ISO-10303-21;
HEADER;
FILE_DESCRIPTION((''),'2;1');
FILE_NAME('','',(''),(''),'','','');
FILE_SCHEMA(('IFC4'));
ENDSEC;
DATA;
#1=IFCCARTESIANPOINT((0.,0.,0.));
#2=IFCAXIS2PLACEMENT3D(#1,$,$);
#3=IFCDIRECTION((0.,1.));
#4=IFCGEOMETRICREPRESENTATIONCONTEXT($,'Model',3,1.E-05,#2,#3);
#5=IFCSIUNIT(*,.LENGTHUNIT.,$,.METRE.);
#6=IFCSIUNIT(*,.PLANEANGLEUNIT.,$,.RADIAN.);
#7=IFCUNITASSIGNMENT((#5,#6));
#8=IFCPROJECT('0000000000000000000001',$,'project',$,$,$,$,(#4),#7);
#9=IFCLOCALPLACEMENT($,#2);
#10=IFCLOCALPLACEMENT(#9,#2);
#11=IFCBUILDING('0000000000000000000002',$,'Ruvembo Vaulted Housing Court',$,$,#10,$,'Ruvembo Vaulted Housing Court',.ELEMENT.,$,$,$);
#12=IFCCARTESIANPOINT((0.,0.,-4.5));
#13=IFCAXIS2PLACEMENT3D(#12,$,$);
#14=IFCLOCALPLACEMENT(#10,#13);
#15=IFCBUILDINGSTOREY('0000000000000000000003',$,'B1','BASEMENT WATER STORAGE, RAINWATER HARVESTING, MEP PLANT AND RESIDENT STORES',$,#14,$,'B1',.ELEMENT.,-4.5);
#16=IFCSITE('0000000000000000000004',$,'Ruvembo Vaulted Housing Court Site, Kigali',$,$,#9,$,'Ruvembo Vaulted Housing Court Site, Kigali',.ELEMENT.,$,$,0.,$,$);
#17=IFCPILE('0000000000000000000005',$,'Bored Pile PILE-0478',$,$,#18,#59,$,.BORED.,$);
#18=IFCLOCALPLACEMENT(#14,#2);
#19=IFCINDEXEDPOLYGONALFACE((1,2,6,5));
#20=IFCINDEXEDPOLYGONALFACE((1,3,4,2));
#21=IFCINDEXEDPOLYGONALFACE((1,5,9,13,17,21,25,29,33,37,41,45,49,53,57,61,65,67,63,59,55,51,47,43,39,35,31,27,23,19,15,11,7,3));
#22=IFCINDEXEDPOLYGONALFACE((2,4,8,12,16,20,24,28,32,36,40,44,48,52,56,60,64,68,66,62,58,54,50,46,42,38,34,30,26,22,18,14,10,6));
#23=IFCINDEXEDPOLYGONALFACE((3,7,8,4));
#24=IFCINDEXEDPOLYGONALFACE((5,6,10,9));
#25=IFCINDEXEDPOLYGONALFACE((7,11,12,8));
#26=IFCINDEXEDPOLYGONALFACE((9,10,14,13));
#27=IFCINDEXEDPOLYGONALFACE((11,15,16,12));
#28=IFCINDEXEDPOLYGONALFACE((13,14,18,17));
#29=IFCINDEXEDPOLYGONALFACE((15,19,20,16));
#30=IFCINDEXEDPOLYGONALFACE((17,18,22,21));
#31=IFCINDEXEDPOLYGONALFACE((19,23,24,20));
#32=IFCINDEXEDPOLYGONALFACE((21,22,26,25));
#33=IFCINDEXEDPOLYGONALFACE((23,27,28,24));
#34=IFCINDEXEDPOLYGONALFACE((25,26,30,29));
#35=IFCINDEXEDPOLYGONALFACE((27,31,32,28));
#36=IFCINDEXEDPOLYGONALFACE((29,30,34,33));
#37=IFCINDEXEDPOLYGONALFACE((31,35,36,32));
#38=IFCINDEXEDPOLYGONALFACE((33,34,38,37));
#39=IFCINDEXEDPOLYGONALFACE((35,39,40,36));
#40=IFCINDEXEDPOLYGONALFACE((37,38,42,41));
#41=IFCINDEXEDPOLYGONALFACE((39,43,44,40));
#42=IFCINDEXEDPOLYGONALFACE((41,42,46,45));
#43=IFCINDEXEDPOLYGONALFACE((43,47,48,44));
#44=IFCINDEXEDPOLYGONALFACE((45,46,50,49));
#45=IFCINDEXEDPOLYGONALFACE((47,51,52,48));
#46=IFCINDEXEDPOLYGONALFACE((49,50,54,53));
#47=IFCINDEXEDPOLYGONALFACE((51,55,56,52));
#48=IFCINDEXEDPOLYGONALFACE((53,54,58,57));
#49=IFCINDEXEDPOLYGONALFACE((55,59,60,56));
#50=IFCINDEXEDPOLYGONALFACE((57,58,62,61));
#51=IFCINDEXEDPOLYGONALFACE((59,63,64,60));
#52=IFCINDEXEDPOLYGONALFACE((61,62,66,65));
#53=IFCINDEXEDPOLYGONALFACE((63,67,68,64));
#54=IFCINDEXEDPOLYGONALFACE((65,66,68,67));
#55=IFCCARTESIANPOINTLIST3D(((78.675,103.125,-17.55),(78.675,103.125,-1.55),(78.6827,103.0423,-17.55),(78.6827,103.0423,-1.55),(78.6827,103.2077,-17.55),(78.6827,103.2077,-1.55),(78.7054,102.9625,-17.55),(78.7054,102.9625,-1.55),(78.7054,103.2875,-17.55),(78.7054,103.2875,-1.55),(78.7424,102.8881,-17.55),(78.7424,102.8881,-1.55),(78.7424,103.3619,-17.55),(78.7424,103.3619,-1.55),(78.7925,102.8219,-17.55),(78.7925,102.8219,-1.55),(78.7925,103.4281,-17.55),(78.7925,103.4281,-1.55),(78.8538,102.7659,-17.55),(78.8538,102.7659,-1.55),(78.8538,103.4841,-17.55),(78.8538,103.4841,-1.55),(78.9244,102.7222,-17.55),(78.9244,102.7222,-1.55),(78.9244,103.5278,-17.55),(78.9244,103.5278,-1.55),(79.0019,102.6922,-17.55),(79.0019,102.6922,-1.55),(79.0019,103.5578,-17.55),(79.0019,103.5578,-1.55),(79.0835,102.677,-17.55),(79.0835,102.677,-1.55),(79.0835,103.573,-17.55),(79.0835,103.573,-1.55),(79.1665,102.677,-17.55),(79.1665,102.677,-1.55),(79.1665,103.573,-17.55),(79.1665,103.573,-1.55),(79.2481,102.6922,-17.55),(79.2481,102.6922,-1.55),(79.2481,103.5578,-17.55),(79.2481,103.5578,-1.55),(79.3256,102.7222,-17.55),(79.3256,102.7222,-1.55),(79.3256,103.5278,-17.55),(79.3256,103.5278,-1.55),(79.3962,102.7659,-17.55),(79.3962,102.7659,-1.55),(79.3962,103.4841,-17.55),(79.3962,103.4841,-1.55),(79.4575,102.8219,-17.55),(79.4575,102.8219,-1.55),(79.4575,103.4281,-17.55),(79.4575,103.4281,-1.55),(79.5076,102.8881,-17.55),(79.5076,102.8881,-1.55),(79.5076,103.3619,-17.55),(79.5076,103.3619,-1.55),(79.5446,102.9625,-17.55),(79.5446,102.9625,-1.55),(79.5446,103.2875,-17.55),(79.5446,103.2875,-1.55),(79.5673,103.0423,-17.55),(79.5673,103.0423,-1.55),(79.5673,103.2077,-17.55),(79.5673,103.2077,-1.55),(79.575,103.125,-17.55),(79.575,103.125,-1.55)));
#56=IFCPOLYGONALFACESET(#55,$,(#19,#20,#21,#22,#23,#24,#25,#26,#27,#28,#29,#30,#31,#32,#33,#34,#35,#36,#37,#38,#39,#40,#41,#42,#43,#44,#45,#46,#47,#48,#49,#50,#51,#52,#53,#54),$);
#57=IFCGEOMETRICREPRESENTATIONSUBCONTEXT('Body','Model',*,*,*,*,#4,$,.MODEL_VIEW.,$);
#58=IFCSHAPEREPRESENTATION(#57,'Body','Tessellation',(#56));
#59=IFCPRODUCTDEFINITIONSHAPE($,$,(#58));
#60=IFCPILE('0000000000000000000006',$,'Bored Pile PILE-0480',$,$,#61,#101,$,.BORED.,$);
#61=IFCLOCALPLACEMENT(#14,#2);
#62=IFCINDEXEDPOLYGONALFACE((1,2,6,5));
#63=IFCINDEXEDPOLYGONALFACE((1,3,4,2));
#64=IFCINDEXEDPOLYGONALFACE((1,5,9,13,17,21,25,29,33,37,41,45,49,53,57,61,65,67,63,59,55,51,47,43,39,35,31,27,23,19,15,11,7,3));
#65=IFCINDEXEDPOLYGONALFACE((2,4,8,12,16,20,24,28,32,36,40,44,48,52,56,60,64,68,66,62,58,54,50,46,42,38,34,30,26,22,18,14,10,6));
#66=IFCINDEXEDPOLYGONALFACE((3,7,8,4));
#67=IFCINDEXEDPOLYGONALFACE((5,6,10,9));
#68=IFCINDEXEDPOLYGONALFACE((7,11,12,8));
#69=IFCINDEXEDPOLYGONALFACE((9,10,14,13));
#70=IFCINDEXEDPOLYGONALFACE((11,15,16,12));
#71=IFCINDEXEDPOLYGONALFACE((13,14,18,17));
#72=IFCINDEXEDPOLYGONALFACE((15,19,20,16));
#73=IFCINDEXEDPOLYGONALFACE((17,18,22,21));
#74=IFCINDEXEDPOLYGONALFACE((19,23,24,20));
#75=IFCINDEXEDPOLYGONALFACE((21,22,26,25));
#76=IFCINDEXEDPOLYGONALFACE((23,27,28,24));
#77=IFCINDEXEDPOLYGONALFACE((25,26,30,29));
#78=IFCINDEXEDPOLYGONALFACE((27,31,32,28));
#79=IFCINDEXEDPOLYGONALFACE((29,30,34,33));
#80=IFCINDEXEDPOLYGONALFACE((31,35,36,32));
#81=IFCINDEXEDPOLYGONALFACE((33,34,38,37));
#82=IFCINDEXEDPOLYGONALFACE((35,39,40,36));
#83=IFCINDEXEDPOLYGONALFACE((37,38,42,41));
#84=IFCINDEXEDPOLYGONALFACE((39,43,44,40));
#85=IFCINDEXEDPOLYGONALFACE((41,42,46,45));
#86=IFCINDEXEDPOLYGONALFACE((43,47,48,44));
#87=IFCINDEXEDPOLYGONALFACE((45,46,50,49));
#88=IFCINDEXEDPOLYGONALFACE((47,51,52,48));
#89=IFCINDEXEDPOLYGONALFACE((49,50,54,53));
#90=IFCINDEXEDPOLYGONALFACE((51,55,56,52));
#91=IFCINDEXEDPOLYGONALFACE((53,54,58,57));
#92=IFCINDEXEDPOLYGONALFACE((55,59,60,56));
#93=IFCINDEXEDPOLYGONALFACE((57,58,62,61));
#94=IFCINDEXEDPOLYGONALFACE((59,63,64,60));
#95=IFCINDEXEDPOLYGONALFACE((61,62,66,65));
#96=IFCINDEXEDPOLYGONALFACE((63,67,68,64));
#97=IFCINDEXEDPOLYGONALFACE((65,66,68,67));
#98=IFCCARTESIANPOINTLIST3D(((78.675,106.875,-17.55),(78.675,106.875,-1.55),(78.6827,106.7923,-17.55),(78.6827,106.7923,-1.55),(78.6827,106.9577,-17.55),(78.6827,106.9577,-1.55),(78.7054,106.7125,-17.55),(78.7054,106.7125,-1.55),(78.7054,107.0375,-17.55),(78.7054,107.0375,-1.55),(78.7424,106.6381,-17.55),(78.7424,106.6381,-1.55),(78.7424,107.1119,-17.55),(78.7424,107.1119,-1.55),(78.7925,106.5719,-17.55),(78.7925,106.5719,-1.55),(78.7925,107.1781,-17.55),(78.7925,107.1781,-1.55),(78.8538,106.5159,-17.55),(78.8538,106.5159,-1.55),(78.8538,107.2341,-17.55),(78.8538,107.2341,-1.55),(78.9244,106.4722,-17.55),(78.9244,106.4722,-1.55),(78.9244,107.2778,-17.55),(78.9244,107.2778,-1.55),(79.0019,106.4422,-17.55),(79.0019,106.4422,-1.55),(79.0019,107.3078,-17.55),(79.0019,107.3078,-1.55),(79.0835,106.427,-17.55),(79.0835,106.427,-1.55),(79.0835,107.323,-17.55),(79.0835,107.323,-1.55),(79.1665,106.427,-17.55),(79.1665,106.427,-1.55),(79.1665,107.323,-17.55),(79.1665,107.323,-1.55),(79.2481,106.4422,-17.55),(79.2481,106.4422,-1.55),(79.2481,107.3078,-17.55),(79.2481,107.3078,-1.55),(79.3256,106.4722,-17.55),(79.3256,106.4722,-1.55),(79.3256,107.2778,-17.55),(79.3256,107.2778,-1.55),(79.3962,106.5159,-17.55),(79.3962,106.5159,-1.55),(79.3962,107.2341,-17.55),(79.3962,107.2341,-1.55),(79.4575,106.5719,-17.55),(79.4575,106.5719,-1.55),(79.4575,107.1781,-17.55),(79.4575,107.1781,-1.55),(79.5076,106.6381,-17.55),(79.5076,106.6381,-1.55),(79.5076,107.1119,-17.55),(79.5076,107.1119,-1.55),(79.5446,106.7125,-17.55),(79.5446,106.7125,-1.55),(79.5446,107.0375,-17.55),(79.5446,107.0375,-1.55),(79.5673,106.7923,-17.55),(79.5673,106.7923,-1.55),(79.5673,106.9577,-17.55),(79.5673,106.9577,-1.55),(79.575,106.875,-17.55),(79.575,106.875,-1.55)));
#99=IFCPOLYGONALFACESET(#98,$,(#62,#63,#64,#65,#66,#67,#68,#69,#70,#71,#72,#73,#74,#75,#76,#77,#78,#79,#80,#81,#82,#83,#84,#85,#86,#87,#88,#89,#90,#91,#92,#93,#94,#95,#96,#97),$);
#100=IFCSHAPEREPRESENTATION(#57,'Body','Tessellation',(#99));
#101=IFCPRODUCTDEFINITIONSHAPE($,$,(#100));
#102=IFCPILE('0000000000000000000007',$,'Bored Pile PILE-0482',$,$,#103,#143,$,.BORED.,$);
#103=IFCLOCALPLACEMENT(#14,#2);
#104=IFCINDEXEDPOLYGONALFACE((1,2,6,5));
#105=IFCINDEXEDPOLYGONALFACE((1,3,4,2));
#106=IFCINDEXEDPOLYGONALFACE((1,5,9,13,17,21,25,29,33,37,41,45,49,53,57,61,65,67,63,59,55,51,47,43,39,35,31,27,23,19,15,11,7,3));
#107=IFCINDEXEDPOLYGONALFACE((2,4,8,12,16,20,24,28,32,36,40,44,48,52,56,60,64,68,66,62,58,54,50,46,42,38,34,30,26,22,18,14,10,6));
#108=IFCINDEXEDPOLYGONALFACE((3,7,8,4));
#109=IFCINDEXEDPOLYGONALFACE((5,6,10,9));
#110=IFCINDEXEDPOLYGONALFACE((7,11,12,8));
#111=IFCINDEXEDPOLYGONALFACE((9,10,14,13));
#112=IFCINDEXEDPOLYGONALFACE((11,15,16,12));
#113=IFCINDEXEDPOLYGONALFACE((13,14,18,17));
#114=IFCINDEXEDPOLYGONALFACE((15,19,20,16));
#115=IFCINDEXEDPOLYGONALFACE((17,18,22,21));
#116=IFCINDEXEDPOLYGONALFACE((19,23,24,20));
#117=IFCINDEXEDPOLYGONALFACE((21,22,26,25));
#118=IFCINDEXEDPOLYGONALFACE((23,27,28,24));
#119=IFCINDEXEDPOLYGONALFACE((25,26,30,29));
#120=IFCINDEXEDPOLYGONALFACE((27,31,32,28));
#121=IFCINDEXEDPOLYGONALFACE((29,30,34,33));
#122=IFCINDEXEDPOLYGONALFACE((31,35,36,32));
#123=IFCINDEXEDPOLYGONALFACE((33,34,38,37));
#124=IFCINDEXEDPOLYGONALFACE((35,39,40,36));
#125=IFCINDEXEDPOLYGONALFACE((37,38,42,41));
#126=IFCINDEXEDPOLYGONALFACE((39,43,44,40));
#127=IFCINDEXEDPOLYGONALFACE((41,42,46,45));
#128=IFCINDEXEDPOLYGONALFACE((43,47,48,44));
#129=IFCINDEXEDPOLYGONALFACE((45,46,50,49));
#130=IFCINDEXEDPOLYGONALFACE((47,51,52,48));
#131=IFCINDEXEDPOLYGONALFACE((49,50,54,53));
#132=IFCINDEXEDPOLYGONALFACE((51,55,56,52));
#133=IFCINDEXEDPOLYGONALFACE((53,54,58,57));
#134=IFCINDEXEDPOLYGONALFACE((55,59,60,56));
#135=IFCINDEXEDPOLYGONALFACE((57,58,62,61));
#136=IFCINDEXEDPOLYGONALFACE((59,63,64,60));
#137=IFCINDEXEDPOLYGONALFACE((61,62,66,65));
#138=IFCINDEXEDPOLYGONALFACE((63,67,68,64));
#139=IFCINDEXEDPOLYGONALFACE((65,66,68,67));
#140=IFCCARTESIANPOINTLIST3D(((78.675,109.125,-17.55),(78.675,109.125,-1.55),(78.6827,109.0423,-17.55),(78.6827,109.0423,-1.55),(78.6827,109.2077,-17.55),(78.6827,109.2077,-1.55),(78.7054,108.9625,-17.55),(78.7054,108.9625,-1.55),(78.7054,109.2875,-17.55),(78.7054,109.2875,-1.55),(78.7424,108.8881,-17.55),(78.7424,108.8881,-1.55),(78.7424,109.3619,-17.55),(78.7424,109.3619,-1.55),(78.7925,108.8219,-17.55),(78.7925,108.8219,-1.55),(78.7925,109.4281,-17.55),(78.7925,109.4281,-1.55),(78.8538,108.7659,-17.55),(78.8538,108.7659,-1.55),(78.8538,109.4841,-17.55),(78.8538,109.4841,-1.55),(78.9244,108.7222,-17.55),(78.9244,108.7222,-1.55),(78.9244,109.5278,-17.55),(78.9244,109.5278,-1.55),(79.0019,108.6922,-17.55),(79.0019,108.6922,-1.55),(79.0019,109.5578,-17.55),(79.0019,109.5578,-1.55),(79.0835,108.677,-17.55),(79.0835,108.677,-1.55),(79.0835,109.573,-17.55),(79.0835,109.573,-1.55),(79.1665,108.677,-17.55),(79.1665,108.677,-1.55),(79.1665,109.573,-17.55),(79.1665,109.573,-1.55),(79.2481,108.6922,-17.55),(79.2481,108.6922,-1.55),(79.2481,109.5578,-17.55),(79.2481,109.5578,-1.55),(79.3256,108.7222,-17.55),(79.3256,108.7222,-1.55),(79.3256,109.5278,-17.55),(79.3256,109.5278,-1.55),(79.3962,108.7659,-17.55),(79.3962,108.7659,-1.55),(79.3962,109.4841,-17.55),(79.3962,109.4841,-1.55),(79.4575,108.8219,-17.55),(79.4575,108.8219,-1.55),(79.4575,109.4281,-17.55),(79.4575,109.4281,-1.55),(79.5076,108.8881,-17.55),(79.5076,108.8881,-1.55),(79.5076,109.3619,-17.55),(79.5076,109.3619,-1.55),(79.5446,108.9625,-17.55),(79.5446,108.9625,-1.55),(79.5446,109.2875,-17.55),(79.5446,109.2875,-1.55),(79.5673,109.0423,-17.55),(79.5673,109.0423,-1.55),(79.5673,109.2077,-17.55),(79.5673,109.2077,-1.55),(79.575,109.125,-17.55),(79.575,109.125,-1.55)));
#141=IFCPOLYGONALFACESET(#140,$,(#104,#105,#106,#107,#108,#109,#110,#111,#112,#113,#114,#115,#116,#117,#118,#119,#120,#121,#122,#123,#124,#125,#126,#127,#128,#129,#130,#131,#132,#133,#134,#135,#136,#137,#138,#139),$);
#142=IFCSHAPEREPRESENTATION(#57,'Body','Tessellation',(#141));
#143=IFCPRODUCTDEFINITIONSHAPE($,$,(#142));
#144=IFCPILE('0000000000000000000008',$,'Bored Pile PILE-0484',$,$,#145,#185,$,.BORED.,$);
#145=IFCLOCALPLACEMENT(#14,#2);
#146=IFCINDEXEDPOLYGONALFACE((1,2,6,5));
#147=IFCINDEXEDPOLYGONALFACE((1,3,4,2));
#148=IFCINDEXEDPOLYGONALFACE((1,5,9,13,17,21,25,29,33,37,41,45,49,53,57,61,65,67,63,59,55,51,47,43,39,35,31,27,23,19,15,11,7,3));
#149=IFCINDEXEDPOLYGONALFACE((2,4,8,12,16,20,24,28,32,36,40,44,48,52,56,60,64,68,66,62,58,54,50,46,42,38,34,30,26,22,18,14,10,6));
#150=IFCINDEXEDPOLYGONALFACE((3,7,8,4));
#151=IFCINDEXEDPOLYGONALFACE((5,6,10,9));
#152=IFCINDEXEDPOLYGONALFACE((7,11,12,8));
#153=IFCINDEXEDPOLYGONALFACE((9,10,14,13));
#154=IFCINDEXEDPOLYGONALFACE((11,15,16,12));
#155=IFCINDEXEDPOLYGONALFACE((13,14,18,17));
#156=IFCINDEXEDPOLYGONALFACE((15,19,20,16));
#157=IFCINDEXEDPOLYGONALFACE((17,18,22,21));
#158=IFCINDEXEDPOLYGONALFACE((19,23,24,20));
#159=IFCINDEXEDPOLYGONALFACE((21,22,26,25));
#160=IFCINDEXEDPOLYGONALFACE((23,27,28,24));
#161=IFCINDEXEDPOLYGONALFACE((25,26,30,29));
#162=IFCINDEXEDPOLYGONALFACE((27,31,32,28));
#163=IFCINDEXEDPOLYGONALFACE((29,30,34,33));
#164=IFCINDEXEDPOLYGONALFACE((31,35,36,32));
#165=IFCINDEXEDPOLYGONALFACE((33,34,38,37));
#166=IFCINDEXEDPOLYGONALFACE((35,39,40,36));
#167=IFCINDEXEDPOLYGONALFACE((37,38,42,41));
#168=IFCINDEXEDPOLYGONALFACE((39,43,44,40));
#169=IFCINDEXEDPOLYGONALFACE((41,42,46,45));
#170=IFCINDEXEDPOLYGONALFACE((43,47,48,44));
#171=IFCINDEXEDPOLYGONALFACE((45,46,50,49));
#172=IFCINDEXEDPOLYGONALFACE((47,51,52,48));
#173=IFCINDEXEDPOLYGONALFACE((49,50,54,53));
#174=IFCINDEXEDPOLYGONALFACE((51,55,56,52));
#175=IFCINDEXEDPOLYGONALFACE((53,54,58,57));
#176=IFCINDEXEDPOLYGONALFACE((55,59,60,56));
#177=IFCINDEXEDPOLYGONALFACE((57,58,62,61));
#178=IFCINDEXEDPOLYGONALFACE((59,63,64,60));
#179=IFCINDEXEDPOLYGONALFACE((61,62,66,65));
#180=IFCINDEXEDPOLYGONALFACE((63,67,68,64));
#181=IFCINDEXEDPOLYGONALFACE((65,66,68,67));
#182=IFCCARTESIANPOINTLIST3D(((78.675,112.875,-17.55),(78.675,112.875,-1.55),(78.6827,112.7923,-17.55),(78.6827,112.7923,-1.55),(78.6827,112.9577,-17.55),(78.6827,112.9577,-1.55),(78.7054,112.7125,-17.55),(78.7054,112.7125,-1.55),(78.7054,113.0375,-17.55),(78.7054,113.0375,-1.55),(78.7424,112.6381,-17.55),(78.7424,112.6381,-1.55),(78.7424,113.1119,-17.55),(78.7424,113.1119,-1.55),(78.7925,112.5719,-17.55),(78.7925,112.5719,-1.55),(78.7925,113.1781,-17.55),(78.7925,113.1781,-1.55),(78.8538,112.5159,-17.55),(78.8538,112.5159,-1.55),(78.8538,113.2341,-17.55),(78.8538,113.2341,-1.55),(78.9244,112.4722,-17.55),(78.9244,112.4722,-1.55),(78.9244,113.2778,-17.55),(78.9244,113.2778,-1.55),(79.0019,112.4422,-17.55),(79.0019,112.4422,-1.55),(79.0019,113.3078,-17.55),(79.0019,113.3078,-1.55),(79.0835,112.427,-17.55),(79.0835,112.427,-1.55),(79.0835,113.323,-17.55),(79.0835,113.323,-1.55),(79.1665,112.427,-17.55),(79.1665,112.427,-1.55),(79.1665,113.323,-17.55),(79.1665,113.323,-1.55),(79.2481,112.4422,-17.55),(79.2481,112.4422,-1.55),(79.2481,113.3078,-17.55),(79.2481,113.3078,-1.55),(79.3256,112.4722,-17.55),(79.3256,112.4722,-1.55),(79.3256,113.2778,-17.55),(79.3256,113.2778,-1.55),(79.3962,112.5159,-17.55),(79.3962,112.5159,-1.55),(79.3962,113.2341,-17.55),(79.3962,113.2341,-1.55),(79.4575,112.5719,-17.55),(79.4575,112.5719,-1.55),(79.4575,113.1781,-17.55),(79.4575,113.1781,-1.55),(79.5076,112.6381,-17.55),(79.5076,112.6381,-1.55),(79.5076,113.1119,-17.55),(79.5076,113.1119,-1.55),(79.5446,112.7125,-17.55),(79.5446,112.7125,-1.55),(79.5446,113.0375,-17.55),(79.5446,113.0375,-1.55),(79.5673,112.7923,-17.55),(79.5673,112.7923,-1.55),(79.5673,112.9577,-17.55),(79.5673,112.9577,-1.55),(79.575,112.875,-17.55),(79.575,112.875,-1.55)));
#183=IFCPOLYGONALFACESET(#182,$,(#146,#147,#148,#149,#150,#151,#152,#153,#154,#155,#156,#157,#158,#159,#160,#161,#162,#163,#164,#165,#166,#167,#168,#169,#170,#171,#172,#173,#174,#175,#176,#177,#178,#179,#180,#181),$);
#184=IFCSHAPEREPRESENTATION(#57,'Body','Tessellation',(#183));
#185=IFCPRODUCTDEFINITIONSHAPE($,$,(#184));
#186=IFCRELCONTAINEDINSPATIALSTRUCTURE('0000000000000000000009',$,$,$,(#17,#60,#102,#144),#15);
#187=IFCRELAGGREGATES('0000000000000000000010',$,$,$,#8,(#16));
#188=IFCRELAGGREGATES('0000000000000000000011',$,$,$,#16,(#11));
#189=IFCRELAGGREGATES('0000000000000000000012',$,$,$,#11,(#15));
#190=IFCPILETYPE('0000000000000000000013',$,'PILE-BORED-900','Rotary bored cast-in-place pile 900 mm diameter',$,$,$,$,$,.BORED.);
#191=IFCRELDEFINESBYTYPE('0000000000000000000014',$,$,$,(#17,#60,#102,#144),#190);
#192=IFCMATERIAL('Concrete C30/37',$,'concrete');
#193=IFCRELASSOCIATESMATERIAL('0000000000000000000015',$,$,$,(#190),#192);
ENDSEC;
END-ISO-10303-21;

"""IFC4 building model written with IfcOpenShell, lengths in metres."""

from ifc_helpers import new_model, si_unit, direction, frame, origin, origin_2d, place, context, subcontext, project, spatial, circle, extrude, material, material_profile, profile_set, type_object, element, save


model = new_model("IFC4")

# Units and contexts
model_context = context("Model", 3, precision=1e-05, world=origin(), true_north=direction((0.0, 1.0)))
body_context = subcontext(model_context, "Body", "Model", "MODEL_VIEW")
ifc_project = project(units=[si_unit("LENGTHUNIT", "METRE"), si_unit("PLANEANGLEUNIT", "RADIAN")], contexts=[model_context])

# Site, building, storey
site_placement = place(None, origin())
site = spatial("IfcSite", under=ifc_project, at=site_placement, Name="Ruvembo Vaulted Housing Court Site, Kigali", LongName="Ruvembo Vaulted Housing Court Site, Kigali", CompositionType="ELEMENT", RefElevation=0.0)
building_placement = place(site_placement, origin())
building = spatial("IfcBuilding", under=site, at=building_placement, Name="Ruvembo Vaulted Housing Court", LongName="Ruvembo Vaulted Housing Court", CompositionType="ELEMENT")
storey_placement = place(building_placement, frame((0.0, 0.0, -4.5)))
storey = spatial("IfcBuildingStorey", under=building, at=storey_placement, Name="B1", Description="BASEMENT WATER STORAGE, RAINWATER HARVESTING, MEP PLANT AND RESIDENT STORES", LongName="B1", CompositionType="ELEMENT", Elevation=-4.5)

# Piles
ifc_material_1 = material(Name="Concrete C30/37", Category="concrete")
ifc_material_profile_1 = material_profile(ifc_material_1, circle(Radius=0.45, at=origin_2d()), Name="PILE D900")
ifc_profile_set_1 = profile_set([ifc_material_profile_1], Name="Concrete C30/37")
pile_type_1 = type_object("IfcPileType", Name="PILE-BORED-900", Description="Rotary bored cast-in-place pile 900 mm diameter", PredefinedType="BORED", material=ifc_profile_set_1)
for number, where, z_axis, x_axis, name in (
    (1, (79.125, 103.125, -1.55), (0.0, 0.0, -1.0), (1.0, 0.0, 0.0), "Bored Pile PILE-0478"),
    (2, (79.125, 106.875, -1.55), (0.0, 0.0, -1.0), (1.0, 0.0, 0.0), "Bored Pile PILE-0480"),
    (3, (79.125, 109.125, -1.55), (0.0, 0.0, -1.0), (1.0, 0.0, 0.0), "Bored Pile PILE-0482"),
    (4, (79.125, 112.875, -1.55), (0.0, 0.0, -1.0), (1.0, 0.0, 0.0), "Bored Pile PILE-0484"),
):
    element("IfcPile", number, at=place(storey_placement, frame(where, z_axis=z_axis, x_axis=x_axis)), inside=storey, type_object=pile_type_1, Name=name, PredefinedType="BORED", context=body_context, shape_type="SweptSolid", body=[
        extrude(circle(Radius=0.45, at=origin_2d()), origin(), (0.0, 0.0, 1.0), 16.0),
    ])

save(model, "model.ifc")
